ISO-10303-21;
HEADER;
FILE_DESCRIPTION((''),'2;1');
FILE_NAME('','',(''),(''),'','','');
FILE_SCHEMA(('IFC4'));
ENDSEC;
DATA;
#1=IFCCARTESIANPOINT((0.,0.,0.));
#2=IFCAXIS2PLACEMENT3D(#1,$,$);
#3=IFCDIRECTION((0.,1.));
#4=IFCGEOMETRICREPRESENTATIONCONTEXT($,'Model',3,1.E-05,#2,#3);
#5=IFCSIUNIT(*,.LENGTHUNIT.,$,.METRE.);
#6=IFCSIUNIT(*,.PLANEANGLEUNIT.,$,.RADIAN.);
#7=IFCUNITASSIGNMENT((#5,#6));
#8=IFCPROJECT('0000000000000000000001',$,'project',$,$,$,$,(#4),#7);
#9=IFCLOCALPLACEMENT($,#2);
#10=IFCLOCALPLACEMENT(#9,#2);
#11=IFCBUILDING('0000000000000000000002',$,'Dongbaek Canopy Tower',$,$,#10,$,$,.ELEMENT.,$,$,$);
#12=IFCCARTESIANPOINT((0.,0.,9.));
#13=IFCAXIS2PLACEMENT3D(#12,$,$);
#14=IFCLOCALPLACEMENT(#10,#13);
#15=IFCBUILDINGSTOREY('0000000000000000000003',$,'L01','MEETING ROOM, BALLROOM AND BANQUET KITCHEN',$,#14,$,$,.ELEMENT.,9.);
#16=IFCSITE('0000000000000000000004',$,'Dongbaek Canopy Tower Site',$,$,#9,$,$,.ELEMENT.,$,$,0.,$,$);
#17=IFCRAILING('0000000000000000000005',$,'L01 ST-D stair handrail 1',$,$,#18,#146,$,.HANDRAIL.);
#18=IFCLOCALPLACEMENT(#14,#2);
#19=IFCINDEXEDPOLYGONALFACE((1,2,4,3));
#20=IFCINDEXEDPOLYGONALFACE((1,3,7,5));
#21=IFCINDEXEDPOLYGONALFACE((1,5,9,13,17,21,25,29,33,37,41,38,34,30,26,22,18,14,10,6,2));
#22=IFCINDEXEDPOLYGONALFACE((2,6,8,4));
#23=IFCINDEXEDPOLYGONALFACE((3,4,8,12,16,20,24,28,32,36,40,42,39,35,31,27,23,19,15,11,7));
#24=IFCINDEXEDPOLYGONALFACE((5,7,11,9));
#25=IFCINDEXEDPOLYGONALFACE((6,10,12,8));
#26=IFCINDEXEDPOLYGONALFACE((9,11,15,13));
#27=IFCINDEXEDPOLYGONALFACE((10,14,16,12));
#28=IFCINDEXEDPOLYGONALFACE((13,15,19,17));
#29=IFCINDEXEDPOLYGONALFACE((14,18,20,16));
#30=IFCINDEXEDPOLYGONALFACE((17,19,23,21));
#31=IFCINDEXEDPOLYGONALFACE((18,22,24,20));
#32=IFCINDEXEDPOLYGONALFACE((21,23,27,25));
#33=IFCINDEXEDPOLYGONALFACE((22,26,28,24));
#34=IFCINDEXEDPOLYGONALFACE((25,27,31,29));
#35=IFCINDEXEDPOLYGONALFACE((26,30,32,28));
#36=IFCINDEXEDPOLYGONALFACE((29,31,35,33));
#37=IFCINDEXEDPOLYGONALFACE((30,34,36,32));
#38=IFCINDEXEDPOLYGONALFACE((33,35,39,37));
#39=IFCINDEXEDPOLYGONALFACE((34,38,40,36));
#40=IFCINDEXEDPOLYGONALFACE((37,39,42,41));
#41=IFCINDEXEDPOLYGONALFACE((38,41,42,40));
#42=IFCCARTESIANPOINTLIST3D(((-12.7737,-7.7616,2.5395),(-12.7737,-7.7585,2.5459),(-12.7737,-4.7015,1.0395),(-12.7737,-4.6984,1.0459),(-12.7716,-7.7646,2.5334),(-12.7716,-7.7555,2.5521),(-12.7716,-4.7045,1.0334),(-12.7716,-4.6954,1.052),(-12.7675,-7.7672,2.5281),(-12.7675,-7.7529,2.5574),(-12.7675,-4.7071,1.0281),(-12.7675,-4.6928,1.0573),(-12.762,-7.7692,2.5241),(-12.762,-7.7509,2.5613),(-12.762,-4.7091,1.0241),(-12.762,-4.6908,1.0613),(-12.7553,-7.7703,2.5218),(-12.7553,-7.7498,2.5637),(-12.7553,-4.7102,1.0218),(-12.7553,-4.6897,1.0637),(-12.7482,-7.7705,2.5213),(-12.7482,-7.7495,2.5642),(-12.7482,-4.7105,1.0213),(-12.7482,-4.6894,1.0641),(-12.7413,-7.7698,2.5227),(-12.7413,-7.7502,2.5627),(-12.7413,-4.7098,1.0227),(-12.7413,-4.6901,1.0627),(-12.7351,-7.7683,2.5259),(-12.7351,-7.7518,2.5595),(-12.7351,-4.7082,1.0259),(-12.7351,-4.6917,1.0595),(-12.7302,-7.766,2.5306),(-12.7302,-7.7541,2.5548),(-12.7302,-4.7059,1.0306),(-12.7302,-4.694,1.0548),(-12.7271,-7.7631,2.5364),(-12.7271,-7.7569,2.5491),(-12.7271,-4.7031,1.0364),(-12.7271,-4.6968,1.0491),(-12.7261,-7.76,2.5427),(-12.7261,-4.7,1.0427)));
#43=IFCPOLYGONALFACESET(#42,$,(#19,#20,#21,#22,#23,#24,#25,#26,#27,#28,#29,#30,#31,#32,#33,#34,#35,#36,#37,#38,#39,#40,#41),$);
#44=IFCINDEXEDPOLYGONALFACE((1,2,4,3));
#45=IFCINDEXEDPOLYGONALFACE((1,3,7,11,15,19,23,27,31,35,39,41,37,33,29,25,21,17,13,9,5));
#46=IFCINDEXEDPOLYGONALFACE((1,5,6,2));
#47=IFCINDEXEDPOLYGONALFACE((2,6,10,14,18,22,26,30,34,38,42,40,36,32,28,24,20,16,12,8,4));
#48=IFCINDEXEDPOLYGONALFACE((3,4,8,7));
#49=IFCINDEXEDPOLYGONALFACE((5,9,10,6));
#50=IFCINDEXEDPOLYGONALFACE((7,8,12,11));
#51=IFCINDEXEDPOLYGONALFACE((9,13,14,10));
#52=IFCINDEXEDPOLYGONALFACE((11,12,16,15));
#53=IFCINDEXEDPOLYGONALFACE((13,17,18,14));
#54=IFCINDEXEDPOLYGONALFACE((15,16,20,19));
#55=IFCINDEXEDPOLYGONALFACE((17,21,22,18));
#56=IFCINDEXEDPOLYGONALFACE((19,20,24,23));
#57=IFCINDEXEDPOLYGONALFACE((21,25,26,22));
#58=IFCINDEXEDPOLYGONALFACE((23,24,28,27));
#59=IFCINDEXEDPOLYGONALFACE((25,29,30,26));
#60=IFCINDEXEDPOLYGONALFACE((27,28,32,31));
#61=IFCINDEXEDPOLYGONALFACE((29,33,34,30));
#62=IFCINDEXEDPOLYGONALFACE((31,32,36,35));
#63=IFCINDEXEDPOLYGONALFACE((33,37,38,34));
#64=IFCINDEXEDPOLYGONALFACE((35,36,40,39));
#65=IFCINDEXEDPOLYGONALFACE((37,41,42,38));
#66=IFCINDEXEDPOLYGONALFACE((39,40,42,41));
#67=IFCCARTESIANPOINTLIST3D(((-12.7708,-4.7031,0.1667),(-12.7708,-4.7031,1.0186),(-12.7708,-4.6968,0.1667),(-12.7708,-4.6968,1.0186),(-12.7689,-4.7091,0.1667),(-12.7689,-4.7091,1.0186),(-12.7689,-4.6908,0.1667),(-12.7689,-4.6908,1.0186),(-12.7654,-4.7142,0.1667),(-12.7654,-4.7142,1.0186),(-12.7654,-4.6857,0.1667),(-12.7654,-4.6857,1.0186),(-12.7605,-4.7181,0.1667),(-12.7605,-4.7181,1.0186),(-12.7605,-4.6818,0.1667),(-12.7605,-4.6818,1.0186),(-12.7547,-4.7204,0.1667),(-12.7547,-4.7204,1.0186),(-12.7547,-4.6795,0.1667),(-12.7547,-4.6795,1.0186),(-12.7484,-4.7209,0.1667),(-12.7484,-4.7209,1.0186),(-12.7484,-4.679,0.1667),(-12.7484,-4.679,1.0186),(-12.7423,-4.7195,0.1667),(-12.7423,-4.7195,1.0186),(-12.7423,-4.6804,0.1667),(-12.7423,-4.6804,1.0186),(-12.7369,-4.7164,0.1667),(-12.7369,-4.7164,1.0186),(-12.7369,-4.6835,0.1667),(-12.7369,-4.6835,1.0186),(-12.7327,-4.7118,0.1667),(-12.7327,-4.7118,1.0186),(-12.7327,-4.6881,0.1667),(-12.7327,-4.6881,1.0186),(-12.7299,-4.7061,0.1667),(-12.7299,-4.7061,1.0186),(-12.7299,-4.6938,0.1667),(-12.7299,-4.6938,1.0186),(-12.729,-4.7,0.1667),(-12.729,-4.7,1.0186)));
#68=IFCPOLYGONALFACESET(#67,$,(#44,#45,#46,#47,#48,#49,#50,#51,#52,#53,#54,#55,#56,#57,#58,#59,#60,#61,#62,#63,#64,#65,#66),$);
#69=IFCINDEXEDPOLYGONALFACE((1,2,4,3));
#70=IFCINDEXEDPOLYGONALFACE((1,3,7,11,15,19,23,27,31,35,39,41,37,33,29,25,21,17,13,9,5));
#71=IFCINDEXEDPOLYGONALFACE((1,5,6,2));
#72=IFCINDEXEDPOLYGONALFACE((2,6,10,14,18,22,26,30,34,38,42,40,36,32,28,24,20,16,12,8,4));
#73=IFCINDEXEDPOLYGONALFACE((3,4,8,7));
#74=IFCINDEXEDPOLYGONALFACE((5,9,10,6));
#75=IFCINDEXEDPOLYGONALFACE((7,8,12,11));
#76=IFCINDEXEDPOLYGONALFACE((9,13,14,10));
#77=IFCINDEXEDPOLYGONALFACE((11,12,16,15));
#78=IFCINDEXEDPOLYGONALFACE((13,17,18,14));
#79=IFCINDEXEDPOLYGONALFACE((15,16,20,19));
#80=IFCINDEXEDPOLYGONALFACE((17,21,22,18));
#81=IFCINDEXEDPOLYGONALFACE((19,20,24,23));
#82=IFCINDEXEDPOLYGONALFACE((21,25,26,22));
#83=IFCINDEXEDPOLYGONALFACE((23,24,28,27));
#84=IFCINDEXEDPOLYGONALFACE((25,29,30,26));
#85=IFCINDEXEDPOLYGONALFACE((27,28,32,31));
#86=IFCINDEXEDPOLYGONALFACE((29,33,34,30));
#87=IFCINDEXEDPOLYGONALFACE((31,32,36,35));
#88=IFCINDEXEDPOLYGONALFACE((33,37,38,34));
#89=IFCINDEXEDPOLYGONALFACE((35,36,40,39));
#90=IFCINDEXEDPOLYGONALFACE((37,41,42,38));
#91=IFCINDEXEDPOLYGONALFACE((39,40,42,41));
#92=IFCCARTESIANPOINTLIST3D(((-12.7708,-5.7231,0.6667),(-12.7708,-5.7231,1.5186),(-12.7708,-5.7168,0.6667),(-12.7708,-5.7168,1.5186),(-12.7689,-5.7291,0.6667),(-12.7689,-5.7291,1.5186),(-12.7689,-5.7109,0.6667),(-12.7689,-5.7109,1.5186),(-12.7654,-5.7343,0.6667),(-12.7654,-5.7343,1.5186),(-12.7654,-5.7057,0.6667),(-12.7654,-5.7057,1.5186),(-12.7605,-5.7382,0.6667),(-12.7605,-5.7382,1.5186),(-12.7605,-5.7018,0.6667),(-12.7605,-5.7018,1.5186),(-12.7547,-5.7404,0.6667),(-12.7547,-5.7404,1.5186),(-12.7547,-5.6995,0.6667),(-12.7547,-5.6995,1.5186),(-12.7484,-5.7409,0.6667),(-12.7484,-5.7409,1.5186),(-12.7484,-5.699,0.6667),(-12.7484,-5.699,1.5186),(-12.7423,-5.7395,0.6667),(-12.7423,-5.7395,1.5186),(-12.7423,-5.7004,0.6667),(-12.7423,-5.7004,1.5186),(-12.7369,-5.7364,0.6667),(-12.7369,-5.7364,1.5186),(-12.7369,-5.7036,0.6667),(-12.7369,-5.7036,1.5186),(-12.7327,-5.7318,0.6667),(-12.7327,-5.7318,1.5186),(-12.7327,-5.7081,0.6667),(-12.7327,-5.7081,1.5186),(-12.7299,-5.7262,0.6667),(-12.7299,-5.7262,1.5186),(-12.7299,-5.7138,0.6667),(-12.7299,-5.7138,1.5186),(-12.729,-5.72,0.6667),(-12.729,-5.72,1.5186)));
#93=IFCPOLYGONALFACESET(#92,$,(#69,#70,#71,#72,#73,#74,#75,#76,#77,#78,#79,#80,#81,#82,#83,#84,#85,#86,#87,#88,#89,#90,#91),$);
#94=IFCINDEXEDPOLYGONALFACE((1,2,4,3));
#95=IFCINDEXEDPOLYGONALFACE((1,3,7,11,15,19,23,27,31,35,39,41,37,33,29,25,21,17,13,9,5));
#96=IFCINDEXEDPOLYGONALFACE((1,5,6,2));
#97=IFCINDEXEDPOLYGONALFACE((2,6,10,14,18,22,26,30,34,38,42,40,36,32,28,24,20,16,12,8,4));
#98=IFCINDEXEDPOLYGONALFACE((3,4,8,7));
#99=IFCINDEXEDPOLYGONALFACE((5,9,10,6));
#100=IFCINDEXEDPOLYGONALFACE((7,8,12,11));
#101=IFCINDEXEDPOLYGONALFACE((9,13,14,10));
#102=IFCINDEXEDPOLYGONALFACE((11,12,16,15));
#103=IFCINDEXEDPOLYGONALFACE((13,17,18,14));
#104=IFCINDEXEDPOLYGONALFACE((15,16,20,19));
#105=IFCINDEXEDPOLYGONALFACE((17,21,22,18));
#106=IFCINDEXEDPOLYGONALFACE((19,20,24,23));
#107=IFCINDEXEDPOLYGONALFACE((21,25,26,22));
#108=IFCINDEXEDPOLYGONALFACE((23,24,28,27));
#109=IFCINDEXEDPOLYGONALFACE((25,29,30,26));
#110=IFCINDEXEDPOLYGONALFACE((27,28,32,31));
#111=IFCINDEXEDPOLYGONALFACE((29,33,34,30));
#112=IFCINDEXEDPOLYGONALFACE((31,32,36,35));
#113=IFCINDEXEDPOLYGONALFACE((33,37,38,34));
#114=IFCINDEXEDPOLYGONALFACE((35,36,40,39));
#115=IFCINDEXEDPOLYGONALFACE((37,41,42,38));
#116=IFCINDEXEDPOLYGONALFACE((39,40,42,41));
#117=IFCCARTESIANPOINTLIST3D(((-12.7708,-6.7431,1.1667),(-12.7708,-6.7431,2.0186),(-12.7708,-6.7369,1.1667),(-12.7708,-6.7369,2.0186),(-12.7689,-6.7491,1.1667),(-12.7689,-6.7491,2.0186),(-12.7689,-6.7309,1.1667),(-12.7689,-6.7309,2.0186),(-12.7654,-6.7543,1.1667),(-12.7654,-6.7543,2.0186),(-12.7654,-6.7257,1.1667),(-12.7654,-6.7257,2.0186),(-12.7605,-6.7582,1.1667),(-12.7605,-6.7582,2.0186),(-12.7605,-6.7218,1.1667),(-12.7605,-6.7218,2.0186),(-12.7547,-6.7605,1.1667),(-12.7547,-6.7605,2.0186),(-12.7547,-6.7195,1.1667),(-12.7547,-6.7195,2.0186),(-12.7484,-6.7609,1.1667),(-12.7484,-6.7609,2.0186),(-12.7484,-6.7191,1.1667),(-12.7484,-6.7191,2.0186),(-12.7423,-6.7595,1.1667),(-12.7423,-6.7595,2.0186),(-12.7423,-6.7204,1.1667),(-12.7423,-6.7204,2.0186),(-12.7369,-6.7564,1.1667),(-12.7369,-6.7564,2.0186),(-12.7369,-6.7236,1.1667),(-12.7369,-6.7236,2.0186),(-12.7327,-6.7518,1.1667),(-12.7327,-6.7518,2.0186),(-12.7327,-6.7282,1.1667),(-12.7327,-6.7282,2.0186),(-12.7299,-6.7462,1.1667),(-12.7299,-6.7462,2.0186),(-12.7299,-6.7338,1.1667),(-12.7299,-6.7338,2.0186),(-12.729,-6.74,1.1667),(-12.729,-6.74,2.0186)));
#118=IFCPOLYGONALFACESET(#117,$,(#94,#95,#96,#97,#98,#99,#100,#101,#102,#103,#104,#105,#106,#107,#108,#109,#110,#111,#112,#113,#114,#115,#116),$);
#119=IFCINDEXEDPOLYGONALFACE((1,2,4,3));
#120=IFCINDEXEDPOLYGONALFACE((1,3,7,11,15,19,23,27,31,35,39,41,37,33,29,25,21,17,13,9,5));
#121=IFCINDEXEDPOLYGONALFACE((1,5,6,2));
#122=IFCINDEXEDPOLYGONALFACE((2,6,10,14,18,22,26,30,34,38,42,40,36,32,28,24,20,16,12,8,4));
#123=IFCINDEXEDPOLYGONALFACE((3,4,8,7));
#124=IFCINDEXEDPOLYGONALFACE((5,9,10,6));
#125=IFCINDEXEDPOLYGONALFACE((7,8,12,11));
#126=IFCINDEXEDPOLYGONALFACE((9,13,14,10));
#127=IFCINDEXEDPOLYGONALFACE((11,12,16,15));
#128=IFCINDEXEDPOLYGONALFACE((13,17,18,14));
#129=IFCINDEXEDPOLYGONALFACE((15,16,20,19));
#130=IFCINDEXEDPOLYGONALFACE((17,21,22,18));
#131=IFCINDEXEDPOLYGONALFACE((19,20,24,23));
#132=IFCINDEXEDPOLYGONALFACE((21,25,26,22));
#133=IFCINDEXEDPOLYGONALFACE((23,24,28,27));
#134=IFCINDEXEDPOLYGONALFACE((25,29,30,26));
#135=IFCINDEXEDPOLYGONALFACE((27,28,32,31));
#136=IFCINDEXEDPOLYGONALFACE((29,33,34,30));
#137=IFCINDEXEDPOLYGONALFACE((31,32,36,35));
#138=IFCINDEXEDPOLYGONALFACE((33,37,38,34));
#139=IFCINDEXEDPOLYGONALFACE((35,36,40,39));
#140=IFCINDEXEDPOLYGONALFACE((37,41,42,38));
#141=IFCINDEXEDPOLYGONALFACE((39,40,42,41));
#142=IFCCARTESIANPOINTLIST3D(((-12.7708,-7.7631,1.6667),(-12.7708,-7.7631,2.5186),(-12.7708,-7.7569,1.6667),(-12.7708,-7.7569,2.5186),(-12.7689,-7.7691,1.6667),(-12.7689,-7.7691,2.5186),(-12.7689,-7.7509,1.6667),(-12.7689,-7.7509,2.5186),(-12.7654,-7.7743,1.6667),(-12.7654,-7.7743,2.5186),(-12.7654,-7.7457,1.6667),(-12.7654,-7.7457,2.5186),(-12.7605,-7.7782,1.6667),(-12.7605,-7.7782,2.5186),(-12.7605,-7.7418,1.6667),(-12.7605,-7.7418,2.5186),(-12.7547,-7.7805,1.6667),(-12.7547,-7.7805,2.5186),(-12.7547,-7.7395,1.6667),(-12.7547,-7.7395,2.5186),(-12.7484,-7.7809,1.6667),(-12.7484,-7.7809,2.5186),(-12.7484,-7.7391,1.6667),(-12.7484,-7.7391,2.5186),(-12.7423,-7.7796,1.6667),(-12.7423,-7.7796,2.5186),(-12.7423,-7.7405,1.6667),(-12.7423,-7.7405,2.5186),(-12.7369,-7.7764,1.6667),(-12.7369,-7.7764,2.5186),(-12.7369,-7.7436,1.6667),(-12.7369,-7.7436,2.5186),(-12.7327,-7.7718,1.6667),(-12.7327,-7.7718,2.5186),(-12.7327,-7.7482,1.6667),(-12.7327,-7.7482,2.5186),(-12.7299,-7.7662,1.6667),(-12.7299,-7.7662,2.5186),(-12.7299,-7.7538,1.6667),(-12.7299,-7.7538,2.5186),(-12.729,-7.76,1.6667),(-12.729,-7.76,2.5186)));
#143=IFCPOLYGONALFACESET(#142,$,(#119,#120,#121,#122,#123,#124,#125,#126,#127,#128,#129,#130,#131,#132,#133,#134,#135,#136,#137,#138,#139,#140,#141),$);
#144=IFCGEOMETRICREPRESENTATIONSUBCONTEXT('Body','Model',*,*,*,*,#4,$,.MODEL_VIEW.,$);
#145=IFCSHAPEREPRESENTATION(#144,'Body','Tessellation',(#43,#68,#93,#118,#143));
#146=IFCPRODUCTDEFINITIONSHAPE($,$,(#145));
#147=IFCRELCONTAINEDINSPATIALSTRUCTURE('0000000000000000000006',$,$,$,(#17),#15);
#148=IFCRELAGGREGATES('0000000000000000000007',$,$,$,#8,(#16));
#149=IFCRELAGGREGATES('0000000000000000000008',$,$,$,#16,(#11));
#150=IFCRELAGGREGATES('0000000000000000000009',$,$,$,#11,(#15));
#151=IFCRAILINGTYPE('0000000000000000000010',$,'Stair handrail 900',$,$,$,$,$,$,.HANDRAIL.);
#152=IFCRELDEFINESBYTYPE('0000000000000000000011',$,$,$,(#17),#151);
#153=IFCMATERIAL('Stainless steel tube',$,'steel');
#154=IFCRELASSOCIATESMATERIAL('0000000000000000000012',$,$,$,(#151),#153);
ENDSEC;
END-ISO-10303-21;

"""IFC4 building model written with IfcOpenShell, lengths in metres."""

from ifc_helpers import new_model, si_unit, direction, frame, origin, origin_2d, place, context, subcontext, project, spatial, circle, extrude, material, type_object, element, save


model = new_model("IFC4")

# Units and contexts
model_context = context("Model", 3, precision=1e-05, world=origin(), true_north=direction((0.0, 1.0)))
body_context = subcontext(model_context, "Body", "Model", "MODEL_VIEW")
ifc_project = project(units=[si_unit("LENGTHUNIT", "METRE"), si_unit("PLANEANGLEUNIT", "RADIAN")], contexts=[model_context])

# Site, building, storey
site_placement = place(None, origin())
site = spatial("IfcSite", under=ifc_project, at=site_placement, Name="Dongbaek Canopy Tower Site", CompositionType="ELEMENT", RefElevation=0.0)
building_placement = place(site_placement, origin())
building = spatial("IfcBuilding", under=site, at=building_placement, Name="Dongbaek Canopy Tower", CompositionType="ELEMENT")
storey_placement = place(building_placement, frame((0.0, 0.0, 9.0)))
storey = spatial("IfcBuildingStorey", under=building, at=storey_placement, Name="L01", Description="MEETING ROOM, BALLROOM AND BANQUET KITCHEN", CompositionType="ELEMENT", Elevation=9.0)

# Railing
ifc_material_1 = material(Name="Stainless steel tube", Category="steel")
railing_type_1 = type_object("IfcRailingType", Name="Stair handrail 900", PredefinedType="HANDRAIL", material=ifc_material_1)
railing_1_placement = place(storey_placement, frame((-12.75, -4.7, 0.1667)))
element("IfcRailing", 1, at=railing_1_placement, inside=storey, type_object=railing_type_1, Name="L01 ST-D stair handrail 1", PredefinedType="HANDRAIL", context=body_context, shape_type="SweptSolid", body=[
    extrude(circle(Radius=0.0239, at=origin_2d()), frame((0.0, 0.0, 0.876), z_axis=(0.0, -0.897924, 0.44015), x_axis=(1.0, 0.0, 0.0)), (0.0, 0.0, 1.0), 3.408),
    extrude(circle(Radius=0.021, at=origin_2d()), origin(), (0.0, 0.0, 1.0), 0.8518),
    extrude(circle(Radius=0.021, at=origin_2d()), frame((0.0, -1.02, 0.5)), (0.0, 0.0, 1.0), 0.8518),
    extrude(circle(Radius=0.021, at=origin_2d()), frame((0.0, -2.04, 1.0)), (0.0, 0.0, 1.0), 0.8518),
    extrude(circle(Radius=0.021, at=origin_2d()), frame((0.0, -3.0601, 1.5)), (0.0, 0.0, 1.0), 0.8518),
])

save(model, "model.ifc")
